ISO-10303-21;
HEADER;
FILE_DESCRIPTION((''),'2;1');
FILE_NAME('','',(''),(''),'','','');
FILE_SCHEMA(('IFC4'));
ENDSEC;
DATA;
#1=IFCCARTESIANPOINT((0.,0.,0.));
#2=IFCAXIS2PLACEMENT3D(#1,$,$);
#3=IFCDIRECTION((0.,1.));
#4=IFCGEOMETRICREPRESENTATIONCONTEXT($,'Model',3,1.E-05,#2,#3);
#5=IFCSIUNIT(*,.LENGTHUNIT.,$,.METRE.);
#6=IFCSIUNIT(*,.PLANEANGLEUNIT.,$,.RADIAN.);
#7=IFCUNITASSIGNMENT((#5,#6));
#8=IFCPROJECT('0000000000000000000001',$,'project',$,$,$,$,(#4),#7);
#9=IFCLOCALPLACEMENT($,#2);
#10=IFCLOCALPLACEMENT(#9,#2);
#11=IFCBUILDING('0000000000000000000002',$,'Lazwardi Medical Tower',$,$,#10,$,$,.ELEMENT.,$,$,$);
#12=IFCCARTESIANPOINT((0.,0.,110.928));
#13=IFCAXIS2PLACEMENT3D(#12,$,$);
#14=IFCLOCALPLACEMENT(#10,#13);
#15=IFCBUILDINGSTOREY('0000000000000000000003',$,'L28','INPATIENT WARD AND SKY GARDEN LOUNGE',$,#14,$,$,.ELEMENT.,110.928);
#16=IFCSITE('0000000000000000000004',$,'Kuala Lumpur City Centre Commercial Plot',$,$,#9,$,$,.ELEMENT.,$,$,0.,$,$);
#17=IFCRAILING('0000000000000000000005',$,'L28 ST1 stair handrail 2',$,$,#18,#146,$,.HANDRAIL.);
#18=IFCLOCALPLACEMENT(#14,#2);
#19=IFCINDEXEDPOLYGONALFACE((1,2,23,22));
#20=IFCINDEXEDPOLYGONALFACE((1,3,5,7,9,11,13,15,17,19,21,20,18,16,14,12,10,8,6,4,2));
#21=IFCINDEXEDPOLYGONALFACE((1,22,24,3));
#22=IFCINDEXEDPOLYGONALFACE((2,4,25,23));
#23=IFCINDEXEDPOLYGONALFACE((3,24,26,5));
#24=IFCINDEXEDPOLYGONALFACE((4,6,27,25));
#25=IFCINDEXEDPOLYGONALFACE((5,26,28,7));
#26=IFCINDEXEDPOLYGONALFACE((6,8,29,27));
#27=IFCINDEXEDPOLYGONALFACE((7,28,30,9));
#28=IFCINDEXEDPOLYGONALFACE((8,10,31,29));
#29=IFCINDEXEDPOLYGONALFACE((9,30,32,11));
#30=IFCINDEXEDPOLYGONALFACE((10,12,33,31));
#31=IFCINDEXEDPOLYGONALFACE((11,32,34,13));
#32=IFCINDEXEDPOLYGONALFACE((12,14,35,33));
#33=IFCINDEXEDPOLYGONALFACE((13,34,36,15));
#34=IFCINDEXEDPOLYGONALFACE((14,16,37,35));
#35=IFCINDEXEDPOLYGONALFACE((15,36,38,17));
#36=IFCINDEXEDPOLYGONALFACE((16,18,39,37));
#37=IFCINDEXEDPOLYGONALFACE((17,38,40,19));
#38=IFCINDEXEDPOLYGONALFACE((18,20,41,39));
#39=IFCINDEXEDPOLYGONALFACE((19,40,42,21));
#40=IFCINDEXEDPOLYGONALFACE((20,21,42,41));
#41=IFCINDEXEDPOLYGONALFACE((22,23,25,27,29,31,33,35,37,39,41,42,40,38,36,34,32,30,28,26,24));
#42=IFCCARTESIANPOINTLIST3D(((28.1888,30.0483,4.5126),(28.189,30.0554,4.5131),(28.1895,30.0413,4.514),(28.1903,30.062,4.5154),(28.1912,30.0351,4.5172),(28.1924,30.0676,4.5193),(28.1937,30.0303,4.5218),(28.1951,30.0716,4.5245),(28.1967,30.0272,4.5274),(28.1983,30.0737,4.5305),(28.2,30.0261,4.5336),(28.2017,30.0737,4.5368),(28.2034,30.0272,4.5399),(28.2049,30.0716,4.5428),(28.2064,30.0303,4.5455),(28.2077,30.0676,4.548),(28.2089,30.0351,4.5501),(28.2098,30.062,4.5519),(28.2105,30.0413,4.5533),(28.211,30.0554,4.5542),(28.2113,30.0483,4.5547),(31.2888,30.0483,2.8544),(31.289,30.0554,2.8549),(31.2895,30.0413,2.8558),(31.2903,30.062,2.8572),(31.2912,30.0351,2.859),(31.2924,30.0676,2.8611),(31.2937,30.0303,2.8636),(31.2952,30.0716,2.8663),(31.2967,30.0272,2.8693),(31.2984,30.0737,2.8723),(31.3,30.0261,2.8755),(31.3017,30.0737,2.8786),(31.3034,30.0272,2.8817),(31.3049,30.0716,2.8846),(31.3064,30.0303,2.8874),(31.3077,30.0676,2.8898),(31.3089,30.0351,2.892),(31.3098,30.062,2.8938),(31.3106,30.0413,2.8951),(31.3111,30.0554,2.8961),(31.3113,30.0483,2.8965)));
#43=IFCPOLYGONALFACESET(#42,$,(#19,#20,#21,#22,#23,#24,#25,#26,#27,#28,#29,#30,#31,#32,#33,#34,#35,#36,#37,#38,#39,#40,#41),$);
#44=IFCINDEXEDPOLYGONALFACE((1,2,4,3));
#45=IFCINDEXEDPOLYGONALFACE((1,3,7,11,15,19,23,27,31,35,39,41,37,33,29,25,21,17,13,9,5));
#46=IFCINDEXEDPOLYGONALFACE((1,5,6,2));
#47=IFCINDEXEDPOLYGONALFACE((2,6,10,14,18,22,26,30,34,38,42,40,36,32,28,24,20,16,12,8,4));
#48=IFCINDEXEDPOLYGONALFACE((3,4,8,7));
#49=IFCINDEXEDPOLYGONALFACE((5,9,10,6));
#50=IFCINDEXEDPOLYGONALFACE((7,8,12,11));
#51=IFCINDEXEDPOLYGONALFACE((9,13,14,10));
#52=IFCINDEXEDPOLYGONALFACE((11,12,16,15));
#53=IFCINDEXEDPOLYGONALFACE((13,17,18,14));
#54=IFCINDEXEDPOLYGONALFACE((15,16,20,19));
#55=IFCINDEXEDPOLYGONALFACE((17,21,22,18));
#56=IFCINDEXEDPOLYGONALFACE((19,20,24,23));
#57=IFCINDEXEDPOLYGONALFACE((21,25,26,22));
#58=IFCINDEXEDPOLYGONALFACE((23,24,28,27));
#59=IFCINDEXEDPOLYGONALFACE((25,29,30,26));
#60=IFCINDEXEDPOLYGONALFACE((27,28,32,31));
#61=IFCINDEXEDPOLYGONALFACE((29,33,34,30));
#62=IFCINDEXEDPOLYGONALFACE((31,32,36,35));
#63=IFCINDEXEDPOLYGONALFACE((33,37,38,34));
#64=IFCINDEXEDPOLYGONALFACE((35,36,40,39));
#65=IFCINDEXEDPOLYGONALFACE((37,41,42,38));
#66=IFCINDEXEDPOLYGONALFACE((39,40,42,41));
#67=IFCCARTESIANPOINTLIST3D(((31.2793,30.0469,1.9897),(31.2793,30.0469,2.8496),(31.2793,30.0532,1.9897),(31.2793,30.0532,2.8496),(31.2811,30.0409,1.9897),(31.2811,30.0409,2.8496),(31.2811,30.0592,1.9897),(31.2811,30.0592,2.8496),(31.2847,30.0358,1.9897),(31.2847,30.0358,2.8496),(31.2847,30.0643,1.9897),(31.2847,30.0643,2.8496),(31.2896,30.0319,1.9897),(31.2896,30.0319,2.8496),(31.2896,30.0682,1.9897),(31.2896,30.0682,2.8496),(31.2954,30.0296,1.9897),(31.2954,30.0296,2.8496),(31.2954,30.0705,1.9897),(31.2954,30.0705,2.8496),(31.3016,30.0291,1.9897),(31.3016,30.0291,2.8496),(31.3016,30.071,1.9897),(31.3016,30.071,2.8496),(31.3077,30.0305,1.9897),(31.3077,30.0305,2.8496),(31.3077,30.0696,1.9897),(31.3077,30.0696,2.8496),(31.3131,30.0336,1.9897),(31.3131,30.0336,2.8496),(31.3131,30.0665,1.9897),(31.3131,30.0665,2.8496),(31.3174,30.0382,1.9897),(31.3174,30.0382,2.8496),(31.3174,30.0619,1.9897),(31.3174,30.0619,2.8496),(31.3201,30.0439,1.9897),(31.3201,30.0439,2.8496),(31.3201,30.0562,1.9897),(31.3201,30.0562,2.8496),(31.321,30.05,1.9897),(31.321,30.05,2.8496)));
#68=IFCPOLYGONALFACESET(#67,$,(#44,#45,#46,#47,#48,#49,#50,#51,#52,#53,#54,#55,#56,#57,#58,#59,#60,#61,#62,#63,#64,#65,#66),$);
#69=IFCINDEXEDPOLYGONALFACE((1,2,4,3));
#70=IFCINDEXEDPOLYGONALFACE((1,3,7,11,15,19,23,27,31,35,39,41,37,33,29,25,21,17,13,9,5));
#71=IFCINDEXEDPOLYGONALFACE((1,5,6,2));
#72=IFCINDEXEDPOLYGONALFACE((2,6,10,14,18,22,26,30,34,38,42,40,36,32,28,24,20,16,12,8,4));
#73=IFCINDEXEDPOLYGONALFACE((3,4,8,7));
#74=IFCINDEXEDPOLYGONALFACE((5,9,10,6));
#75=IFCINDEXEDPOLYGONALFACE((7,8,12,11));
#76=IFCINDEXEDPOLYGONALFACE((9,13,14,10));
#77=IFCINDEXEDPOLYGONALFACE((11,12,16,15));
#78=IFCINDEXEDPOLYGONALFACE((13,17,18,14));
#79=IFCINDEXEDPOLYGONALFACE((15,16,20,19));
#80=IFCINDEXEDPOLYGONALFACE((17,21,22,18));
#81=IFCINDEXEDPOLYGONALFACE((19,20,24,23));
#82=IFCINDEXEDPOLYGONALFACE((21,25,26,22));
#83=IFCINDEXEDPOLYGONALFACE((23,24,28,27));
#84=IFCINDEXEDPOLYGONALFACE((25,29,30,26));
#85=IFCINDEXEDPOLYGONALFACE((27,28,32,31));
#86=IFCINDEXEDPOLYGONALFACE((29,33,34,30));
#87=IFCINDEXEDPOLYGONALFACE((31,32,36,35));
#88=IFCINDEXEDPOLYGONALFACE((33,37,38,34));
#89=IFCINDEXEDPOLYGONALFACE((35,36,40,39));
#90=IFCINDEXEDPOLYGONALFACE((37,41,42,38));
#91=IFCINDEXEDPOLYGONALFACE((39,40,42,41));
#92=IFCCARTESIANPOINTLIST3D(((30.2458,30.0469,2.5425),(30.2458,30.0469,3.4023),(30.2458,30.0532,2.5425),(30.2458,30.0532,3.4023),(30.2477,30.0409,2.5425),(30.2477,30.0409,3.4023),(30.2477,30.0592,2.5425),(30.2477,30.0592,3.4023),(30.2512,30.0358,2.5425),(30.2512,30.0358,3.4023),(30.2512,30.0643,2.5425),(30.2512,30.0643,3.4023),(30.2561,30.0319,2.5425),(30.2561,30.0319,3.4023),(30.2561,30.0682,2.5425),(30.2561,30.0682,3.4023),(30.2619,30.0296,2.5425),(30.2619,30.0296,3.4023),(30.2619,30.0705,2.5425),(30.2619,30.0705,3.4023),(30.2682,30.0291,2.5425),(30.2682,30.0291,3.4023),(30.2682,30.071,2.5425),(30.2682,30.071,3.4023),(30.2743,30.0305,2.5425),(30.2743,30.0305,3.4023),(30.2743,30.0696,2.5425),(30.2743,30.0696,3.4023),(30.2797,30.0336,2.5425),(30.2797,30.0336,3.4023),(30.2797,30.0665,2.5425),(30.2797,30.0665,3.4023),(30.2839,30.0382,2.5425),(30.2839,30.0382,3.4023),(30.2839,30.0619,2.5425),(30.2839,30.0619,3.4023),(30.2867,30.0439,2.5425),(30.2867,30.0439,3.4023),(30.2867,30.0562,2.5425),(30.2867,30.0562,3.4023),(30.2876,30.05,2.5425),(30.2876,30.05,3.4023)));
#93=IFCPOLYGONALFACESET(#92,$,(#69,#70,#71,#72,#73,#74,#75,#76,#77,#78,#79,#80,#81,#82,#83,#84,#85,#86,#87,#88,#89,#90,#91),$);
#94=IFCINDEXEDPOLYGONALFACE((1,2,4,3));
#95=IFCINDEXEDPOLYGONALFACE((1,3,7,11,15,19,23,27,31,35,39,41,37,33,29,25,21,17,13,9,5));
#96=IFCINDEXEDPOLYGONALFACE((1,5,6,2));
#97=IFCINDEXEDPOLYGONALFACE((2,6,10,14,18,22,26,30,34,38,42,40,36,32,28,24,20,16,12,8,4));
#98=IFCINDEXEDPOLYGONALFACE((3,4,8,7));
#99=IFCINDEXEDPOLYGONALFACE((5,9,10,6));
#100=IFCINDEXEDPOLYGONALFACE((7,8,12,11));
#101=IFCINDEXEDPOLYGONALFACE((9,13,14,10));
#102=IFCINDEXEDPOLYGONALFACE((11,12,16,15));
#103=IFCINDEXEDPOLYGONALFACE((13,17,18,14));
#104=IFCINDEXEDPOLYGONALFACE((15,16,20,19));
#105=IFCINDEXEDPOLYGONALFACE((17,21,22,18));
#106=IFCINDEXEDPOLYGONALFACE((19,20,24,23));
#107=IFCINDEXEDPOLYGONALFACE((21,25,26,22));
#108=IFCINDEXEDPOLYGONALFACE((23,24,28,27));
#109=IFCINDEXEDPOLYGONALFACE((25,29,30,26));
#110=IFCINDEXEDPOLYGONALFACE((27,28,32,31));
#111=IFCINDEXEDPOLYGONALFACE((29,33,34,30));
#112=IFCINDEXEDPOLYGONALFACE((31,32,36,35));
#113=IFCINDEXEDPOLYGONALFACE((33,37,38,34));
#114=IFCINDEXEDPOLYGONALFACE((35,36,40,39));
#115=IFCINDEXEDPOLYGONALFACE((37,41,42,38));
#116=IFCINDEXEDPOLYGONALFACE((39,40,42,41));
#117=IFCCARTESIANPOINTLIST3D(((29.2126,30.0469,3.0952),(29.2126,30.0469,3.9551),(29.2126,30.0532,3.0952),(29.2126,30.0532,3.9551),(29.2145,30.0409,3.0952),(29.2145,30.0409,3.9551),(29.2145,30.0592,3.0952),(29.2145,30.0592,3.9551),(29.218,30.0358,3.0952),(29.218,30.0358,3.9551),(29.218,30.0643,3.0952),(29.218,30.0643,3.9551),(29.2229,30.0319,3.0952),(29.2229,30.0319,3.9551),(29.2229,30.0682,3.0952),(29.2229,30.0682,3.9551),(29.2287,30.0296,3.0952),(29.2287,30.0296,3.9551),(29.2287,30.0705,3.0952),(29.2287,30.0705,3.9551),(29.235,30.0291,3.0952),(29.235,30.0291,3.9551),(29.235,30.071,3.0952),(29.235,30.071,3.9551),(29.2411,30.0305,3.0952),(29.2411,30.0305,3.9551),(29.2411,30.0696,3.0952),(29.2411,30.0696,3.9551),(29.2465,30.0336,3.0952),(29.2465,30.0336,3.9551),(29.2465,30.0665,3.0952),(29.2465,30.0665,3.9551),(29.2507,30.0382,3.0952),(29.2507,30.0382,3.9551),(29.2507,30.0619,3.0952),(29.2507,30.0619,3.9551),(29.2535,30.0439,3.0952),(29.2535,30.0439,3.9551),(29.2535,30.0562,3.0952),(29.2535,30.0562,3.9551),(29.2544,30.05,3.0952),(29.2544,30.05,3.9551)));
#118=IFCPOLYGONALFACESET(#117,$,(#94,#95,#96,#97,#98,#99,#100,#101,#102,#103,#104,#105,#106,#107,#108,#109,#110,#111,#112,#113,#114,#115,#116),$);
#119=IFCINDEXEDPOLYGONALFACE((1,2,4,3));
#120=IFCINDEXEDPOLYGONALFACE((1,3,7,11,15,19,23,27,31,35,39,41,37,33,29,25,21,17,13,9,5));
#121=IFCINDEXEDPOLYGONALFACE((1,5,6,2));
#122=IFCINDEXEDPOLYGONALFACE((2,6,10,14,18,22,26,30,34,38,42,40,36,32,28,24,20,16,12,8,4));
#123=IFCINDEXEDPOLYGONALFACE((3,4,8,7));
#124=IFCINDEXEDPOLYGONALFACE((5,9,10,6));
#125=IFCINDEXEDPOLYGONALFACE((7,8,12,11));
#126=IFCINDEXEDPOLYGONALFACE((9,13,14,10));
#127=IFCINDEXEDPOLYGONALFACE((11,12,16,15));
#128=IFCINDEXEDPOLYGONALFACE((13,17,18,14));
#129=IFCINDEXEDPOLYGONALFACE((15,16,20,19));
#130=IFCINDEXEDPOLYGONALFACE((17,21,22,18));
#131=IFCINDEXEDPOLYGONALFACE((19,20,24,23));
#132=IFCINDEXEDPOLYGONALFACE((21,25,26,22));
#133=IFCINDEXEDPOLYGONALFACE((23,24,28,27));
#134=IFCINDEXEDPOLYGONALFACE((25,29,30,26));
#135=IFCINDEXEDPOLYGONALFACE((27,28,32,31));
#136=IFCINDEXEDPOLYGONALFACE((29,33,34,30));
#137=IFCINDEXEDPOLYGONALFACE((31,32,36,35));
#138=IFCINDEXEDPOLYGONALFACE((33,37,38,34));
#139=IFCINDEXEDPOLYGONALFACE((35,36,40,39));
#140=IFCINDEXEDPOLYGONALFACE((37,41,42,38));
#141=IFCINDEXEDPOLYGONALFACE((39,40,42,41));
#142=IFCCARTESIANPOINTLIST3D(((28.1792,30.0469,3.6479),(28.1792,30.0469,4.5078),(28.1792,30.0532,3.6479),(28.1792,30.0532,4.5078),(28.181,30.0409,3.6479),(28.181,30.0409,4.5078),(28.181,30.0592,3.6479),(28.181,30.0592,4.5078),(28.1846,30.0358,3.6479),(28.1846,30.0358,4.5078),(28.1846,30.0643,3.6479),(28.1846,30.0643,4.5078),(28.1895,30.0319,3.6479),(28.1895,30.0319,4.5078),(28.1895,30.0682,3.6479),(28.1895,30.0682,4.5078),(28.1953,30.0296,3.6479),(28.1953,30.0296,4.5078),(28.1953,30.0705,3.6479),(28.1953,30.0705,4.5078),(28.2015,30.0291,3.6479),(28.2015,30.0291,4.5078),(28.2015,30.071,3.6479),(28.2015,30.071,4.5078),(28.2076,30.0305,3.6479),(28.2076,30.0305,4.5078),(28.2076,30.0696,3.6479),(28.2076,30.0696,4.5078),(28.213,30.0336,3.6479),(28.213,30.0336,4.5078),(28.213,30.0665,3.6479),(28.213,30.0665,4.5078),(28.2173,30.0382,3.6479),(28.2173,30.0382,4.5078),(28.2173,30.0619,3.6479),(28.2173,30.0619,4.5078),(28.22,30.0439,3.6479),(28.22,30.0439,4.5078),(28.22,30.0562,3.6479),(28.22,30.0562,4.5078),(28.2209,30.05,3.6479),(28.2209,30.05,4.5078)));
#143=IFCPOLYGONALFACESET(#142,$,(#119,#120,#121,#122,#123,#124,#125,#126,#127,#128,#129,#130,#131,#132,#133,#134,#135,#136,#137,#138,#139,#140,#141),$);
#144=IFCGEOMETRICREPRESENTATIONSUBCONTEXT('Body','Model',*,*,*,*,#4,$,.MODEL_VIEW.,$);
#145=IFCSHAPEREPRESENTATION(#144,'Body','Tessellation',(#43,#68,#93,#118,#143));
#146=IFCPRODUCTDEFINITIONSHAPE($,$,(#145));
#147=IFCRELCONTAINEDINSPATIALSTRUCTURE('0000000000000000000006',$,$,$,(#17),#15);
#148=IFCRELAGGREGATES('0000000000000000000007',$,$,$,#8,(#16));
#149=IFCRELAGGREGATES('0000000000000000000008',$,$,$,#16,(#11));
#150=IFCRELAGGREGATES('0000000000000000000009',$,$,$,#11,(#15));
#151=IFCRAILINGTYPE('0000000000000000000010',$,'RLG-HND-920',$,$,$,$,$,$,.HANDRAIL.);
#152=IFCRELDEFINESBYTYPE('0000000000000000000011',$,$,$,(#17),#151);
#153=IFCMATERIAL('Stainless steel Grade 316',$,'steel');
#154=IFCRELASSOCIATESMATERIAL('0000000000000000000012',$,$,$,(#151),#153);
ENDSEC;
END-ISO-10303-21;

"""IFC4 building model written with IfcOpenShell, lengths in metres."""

from ifc_helpers import new_model, si_unit, direction, frame, origin, origin_2d, place, context, subcontext, project, spatial, circle, extrude, material, type_object, element, save


model = new_model("IFC4")

# Units and contexts
model_context = context("Model", 3, precision=1e-05, world=origin(), true_north=direction((0.0, 1.0)))
body_context = subcontext(model_context, "Body", "Model", "MODEL_VIEW")
ifc_project = project(units=[si_unit("LENGTHUNIT", "METRE"), si_unit("PLANEANGLEUNIT", "RADIAN")], contexts=[model_context])

# Site, building, storey
site_placement = place(None, origin())
site = spatial("IfcSite", under=ifc_project, at=site_placement, Name="Kuala Lumpur City Centre Commercial Plot", CompositionType="ELEMENT", RefElevation=0.0)
building_placement = place(site_placement, origin())
building = spatial("IfcBuilding", under=site, at=building_placement, Name="Lazwardi Medical Tower", CompositionType="ELEMENT")
storey_placement = place(building_placement, frame((0.0, 0.0, 110.928)))
storey = spatial("IfcBuildingStorey", under=building, at=storey_placement, Name="L28", Description="INPATIENT WARD AND SKY GARDEN LOUNGE", CompositionType="ELEMENT", Elevation=110.928)

# Railing
ifc_material_1 = material(Name="Stainless steel Grade 316", Category="steel")
railing_type_1 = type_object("IfcRailingType", Name="RLG-HND-920", PredefinedType="HANDRAIL", material=ifc_material_1)
railing_1_placement = place(storey_placement, frame((31.3, 30.05, 1.9897)))
element("IfcRailing", 1, at=railing_1_placement, inside=storey, type_object=railing_type_1, Name="L28 ST1 stair handrail 2", PredefinedType="HANDRAIL", context=body_context, shape_type="SweptSolid", body=[
    extrude(circle(Radius=0.0239, at=origin_2d()), frame((0.0, 0.0, 0.8857), z_axis=(-0.881783, 0.0, 0.471655), x_axis=(0.0, -1.0, 0.0)), (0.0, 0.0, 1.0), 3.5156),
    extrude(circle(Radius=0.021, at=origin_2d()), origin(), (0.0, 0.0, 1.0), 0.8599),
    extrude(circle(Radius=0.021, at=origin_2d()), frame((-1.0334, 0.0, 0.5527)), (0.0, 0.0, 1.0), 0.8599),
    extrude(circle(Radius=0.021, at=origin_2d()), frame((-2.0667, 0.0, 1.1055)), (0.0, 0.0, 1.0), 0.8599),
    extrude(circle(Radius=0.021, at=origin_2d()), frame((-3.1001, 0.0, 1.6582)), (0.0, 0.0, 1.0), 0.8599),
])

save(model, "model.ifc")
